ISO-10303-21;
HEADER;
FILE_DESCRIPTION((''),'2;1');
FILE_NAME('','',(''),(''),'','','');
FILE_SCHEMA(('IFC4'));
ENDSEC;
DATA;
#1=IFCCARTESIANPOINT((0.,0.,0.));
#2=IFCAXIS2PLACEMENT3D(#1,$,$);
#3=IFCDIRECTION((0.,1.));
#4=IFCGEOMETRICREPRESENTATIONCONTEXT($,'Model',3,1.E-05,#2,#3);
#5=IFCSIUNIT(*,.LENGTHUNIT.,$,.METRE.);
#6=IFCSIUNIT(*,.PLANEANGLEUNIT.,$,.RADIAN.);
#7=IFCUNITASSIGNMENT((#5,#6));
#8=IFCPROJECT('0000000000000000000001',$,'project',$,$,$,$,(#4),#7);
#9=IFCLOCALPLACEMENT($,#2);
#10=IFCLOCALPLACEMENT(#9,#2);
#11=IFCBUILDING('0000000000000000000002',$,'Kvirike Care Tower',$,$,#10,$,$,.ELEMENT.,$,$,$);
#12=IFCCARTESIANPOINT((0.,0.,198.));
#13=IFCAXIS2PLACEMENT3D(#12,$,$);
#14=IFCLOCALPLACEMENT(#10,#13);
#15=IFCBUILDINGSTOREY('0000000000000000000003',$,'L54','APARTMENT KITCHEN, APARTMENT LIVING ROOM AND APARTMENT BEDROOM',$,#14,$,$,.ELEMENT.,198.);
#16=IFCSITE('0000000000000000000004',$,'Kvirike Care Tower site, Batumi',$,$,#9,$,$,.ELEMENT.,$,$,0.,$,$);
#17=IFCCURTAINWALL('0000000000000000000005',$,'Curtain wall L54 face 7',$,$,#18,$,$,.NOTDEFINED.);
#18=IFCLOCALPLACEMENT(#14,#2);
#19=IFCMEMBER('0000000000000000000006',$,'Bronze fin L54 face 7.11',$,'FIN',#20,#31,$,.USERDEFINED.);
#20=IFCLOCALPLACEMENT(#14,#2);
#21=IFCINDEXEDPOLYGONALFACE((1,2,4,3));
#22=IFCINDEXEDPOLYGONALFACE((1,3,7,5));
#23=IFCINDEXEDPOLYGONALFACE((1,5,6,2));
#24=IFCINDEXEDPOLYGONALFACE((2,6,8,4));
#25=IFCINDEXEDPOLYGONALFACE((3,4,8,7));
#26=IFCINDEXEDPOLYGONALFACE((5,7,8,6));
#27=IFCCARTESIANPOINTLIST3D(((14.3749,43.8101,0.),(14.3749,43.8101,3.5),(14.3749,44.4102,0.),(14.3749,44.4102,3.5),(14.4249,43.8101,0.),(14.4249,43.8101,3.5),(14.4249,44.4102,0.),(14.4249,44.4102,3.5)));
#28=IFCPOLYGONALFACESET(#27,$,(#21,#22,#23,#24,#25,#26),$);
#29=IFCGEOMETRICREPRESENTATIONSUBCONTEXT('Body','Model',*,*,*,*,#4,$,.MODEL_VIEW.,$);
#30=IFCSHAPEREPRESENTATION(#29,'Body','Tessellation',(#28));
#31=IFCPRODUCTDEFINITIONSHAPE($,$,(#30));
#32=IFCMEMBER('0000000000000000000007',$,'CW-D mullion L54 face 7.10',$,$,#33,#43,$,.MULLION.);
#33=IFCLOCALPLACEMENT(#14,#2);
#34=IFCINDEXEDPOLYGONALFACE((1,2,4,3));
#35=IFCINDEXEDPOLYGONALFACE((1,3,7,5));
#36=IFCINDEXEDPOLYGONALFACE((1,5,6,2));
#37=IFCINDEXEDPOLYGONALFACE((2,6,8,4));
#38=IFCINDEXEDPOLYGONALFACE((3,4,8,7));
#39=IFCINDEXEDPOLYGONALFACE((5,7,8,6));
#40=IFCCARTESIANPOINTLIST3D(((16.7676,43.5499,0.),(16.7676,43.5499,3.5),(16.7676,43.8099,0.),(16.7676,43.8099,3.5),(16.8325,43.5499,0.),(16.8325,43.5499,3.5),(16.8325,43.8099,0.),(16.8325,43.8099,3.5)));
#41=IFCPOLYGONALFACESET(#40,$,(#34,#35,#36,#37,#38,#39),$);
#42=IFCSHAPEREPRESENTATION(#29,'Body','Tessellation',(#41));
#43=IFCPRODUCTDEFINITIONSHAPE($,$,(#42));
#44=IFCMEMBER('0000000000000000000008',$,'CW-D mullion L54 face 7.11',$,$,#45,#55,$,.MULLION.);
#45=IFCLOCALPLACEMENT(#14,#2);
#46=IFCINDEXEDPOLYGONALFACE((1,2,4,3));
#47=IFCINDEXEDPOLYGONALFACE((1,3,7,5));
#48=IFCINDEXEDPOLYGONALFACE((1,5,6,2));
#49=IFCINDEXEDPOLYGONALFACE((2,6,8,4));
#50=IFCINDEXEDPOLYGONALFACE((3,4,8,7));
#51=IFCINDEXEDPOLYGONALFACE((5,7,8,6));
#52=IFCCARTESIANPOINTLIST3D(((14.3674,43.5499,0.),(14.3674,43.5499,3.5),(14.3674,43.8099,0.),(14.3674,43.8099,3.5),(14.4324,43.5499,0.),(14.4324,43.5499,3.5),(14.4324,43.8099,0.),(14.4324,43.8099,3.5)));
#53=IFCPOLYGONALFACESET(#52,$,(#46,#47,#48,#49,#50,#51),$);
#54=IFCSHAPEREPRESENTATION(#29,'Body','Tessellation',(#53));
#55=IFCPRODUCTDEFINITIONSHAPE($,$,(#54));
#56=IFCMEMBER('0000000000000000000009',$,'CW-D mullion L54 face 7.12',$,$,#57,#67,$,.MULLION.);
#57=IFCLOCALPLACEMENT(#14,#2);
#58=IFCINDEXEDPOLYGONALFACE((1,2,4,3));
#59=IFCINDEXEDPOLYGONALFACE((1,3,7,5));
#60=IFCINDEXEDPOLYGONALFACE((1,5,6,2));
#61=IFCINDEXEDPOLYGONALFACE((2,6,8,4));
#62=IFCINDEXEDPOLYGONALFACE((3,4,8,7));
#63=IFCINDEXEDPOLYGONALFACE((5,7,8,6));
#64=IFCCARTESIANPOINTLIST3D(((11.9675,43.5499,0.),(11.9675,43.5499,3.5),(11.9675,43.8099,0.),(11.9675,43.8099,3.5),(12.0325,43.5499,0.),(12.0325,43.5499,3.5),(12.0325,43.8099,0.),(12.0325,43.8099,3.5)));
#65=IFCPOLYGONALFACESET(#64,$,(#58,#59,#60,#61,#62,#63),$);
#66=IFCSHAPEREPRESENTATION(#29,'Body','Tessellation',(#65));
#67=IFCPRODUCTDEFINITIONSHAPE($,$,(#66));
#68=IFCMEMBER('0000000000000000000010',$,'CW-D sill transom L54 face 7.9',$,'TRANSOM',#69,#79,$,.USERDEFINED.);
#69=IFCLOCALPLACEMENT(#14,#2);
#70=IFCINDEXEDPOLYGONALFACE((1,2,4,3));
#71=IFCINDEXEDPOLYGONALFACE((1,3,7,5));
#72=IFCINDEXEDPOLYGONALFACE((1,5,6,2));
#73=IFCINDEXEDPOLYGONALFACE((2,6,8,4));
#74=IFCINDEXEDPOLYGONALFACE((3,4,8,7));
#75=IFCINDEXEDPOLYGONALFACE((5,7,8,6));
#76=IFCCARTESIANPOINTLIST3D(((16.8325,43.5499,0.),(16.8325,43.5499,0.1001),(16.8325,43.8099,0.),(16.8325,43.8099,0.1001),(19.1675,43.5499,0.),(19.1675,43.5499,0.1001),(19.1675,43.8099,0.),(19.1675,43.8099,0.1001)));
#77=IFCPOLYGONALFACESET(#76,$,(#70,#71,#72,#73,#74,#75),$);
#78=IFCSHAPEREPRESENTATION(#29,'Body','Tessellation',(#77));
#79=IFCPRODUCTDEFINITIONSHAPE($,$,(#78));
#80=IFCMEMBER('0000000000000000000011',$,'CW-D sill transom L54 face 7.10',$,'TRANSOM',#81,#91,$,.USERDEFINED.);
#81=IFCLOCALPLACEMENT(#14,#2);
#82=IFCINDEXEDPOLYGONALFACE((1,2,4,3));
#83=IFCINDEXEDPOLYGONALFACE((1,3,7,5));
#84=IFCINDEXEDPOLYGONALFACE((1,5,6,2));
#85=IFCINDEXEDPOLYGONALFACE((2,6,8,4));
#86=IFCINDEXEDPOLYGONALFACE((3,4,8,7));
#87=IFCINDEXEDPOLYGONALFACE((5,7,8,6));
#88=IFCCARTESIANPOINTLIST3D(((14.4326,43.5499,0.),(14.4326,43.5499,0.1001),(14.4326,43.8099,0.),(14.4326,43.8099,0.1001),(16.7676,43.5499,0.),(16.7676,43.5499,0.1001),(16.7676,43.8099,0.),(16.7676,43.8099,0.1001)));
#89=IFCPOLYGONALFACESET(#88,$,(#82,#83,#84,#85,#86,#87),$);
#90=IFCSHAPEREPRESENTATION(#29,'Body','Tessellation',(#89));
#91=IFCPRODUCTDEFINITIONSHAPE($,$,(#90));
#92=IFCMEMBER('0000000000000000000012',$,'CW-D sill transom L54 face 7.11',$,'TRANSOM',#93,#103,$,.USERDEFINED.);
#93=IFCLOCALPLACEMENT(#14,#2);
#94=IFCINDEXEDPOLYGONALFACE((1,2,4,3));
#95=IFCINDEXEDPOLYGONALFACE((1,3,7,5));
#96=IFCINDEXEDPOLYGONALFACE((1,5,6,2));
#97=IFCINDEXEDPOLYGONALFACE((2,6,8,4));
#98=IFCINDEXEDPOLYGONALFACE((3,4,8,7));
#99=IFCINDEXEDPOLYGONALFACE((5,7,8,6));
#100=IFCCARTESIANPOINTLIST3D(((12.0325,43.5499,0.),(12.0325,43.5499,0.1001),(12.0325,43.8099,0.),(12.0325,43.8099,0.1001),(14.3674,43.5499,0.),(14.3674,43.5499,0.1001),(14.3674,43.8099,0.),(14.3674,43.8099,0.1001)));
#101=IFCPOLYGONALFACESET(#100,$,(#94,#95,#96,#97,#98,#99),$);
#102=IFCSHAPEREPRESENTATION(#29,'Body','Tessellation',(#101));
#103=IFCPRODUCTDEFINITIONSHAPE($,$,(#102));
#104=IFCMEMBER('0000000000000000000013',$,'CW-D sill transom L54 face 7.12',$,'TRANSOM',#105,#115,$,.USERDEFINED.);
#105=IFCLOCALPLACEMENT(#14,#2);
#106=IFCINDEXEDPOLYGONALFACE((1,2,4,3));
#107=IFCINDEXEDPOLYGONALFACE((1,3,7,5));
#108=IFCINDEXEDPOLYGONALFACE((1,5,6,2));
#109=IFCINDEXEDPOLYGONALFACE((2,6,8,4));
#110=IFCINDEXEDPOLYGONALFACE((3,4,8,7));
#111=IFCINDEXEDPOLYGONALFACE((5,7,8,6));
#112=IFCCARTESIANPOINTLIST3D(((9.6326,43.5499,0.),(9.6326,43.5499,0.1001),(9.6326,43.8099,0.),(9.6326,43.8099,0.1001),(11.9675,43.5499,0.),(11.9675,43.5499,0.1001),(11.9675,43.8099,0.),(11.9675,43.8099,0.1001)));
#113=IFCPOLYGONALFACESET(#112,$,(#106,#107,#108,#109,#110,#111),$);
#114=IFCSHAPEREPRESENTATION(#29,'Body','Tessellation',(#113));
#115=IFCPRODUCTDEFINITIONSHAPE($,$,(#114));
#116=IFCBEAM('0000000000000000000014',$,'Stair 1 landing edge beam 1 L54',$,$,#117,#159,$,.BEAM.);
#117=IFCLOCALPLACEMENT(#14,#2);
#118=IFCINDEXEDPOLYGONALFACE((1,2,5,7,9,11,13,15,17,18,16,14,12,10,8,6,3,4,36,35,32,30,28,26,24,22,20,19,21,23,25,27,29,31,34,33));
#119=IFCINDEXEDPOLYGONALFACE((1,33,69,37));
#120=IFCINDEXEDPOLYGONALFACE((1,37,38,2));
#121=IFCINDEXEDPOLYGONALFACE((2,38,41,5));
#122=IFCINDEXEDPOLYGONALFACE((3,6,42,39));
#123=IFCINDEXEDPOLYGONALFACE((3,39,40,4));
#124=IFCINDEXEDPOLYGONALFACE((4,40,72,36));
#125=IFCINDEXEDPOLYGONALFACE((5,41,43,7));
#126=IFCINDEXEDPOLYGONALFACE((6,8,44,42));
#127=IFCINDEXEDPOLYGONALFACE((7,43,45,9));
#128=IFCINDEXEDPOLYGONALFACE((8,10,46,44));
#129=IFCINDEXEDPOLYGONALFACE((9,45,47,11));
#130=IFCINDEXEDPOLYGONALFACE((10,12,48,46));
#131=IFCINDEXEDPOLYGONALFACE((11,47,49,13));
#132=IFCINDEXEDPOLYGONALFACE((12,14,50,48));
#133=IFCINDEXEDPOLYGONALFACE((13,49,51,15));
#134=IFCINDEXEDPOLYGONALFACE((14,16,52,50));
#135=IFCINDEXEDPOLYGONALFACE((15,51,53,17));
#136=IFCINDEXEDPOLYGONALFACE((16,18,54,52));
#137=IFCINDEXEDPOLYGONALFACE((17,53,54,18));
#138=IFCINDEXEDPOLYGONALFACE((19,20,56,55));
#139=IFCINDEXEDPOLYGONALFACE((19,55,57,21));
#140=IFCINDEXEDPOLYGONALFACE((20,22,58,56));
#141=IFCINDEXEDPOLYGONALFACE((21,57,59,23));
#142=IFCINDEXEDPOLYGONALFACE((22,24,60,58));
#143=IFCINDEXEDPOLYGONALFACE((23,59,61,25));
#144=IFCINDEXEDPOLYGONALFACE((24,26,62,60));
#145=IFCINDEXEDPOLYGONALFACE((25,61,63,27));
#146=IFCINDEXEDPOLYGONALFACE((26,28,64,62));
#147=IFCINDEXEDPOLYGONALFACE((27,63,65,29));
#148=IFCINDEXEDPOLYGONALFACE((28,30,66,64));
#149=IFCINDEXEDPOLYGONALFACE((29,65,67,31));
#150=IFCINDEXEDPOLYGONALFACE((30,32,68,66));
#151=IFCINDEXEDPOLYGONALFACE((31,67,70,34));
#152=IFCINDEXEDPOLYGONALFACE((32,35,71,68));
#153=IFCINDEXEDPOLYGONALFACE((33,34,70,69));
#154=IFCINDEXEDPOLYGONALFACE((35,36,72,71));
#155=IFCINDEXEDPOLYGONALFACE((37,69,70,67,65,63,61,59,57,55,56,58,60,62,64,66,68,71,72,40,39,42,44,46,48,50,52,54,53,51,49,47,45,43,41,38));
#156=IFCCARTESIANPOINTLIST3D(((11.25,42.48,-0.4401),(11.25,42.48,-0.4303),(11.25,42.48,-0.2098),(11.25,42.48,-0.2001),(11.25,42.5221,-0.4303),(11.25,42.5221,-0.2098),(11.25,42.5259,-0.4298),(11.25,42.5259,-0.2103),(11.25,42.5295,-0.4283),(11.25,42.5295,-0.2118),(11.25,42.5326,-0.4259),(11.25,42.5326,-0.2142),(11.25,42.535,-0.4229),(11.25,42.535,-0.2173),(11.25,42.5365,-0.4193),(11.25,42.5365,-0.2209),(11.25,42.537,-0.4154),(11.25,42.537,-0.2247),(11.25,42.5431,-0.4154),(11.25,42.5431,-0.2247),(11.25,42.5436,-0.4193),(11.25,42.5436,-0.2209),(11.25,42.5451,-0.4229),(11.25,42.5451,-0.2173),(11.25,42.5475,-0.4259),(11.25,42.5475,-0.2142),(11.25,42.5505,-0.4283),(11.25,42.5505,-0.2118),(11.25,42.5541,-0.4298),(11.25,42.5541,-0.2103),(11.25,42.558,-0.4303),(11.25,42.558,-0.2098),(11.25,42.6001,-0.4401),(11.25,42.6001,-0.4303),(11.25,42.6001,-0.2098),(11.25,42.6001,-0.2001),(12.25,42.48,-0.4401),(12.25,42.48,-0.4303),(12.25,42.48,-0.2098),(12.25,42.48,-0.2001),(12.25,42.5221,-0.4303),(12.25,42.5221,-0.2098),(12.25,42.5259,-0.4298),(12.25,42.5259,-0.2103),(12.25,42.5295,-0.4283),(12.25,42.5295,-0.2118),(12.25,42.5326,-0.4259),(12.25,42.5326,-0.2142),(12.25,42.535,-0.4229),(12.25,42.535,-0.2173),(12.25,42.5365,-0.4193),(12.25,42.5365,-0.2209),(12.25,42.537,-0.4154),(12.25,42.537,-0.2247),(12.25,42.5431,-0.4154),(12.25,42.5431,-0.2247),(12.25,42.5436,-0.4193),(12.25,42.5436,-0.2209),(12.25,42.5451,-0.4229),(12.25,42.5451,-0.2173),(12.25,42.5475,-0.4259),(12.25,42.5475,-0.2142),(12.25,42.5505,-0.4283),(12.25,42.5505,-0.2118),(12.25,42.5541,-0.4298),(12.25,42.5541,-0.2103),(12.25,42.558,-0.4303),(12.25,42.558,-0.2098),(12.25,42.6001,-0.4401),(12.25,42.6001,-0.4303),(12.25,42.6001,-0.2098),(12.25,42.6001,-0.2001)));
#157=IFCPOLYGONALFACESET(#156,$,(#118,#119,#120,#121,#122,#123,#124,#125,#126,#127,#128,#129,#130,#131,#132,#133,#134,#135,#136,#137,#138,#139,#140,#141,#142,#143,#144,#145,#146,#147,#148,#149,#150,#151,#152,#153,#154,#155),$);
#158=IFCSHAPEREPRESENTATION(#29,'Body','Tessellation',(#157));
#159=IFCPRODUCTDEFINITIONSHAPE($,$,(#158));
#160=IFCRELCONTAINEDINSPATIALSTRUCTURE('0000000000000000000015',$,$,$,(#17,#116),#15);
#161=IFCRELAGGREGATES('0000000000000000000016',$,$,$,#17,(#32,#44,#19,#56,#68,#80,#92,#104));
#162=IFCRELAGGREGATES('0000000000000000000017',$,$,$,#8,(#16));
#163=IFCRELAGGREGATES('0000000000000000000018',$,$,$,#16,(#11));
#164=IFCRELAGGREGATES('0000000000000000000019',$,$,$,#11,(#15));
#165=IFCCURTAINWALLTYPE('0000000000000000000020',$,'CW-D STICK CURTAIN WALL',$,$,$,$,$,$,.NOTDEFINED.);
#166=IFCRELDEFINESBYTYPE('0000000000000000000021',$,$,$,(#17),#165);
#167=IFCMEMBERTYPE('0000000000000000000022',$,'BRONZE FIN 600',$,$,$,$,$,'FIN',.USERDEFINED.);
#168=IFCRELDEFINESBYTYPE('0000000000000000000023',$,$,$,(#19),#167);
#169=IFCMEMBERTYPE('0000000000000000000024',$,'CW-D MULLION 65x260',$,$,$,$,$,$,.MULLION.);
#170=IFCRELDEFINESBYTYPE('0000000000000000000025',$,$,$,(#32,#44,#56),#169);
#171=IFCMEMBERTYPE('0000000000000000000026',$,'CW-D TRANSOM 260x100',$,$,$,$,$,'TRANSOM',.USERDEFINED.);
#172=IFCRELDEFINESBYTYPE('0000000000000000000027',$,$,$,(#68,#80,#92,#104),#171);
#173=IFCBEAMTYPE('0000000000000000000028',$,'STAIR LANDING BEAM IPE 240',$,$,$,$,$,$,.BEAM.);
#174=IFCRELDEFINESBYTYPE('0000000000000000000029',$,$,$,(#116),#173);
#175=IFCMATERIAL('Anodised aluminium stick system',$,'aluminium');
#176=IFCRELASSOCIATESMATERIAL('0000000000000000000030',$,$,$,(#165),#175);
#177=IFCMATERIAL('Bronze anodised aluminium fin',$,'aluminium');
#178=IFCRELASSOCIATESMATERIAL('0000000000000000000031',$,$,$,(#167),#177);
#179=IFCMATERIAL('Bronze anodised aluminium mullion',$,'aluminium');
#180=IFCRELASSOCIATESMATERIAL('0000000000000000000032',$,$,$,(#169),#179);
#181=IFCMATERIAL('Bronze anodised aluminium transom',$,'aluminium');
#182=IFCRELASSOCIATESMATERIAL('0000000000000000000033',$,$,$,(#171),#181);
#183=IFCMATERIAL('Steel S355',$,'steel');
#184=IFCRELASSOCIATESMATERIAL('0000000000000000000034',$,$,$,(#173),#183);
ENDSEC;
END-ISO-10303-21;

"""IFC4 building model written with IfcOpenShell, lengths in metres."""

from ifc_helpers import new_model, si_unit, direction, frame, origin, origin_2d, place, context, subcontext, project, spatial, rectangle, i_section, extrude, material, material_profile, profile_set, type_object, element, aggregate, save


model = new_model("IFC4")

# Units and contexts
model_context = context("Model", 3, precision=1e-05, world=origin(), true_north=direction((0.0, 1.0)))
body_context = subcontext(model_context, "Body", "Model", "MODEL_VIEW")
ifc_project = project(units=[si_unit("LENGTHUNIT", "METRE"), si_unit("PLANEANGLEUNIT", "RADIAN")], contexts=[model_context])

# Site, building, storey
site_placement = place(None, origin())
site = spatial("IfcSite", under=ifc_project, at=site_placement, Name="Kvirike Care Tower site, Batumi", CompositionType="ELEMENT", RefElevation=0.0)
building_placement = place(site_placement, origin())
building = spatial("IfcBuilding", under=site, at=building_placement, Name="Kvirike Care Tower", CompositionType="ELEMENT")
storey_placement = place(building_placement, frame((0.0, 0.0, 198.0)))
storey = spatial("IfcBuildingStorey", under=building, at=storey_placement, Name="L54", Description="APARTMENT KITCHEN, APARTMENT LIVING ROOM AND APARTMENT BEDROOM", CompositionType="ELEMENT", Elevation=198.0)

# Curtain wall, members
ifc_material_1 = material(Name="Anodised aluminium stick system", Category="aluminium")
curtain_wall_type = type_object("IfcCurtainWallType", Name="CW-D STICK CURTAIN WALL", PredefinedType="NOTDEFINED", material=ifc_material_1)
curtain_wall_placement = place(storey_placement, origin())
curtain_wall = element("IfcCurtainWall", 1, at=curtain_wall_placement, inside=storey, type_object=curtain_wall_type, Name="Curtain wall L54 face 7", PredefinedType="NOTDEFINED")
ifc_material_2 = material(Name="Bronze anodised aluminium fin", Category="aluminium")
ifc_material_profile_1 = material_profile(ifc_material_2, rectangle(XDim=0.05, YDim=0.6001, at=origin_2d()), Name="BRONZE FIN 600")
ifc_profile_set_1 = profile_set([ifc_material_profile_1], Name="Bronze anodised aluminium fin")
member_type_1 = type_object("IfcMemberType", Name="BRONZE FIN 600", ElementType="FIN", PredefinedType="USERDEFINED", material=ifc_profile_set_1)
member_1_placement = place(storey_placement, frame((14.3999, 44.1101, 0.0), z_axis=(0.0, 0.0, 1.0), x_axis=(-1.0, 0.0, 0.0)))
member_1 = element("IfcMember", 2, at=member_1_placement, type_object=member_type_1, Name="Bronze fin L54 face 7.11", ObjectType="FIN", PredefinedType="USERDEFINED", context=body_context, shape_type="SweptSolid", body=[
    extrude(rectangle(XDim=0.05, YDim=0.6001, at=origin_2d()), origin(), (0.0, 0.0, 1.0), 3.5),
])
ifc_material_3 = material(Name="Bronze anodised aluminium mullion", Category="aluminium")
ifc_material_profile_2 = material_profile(ifc_material_3, rectangle(XDim=0.0649, YDim=0.26, at=origin_2d()), Name="CW-D MULLION 65x260")
ifc_profile_set_2 = profile_set([ifc_material_profile_2], Name="Bronze anodised aluminium mullion")
member_type_2 = type_object("IfcMemberType", Name="CW-D MULLION 65x260", PredefinedType="MULLION", material=ifc_profile_set_2)
member_2_placement = place(storey_placement, frame((16.8, 43.6799, 0.0), z_axis=(0.0, 0.0, 1.0), x_axis=(-1.0, 0.0, 0.0)))
member_2 = element("IfcMember", 3, at=member_2_placement, type_object=member_type_2, Name="CW-D mullion L54 face 7.10", PredefinedType="MULLION", context=body_context, shape_type="SweptSolid", body=[
    extrude(rectangle(XDim=0.0649, YDim=0.26, at=origin_2d()), origin(), (0.0, 0.0, 1.0), 3.5),
])
member_3_placement = place(storey_placement, frame((14.3999, 43.6799, 0.0), z_axis=(0.0, 0.0, 1.0), x_axis=(-1.0, 0.0, 0.0)))
member_3 = element("IfcMember", 4, at=member_3_placement, type_object=member_type_2, Name="CW-D mullion L54 face 7.11", PredefinedType="MULLION", context=body_context, shape_type="SweptSolid", body=[
    extrude(rectangle(XDim=0.0649, YDim=0.26, at=origin_2d()), origin(), (0.0, 0.0, 1.0), 3.5),
])
member_4_placement = place(storey_placement, frame((12.0, 43.6799, 0.0), z_axis=(0.0, 0.0, 1.0), x_axis=(-1.0, 0.0, 0.0)))
member_4 = element("IfcMember", 5, at=member_4_placement, type_object=member_type_2, Name="CW-D mullion L54 face 7.12", PredefinedType="MULLION", context=body_context, shape_type="SweptSolid", body=[
    extrude(rectangle(XDim=0.0649, YDim=0.26, at=origin_2d()), origin(), (0.0, 0.0, 1.0), 3.5),
])
ifc_material_4 = material(Name="Bronze anodised aluminium transom", Category="aluminium")
ifc_material_profile_3 = material_profile(ifc_material_4, rectangle(XDim=0.26, YDim=0.1001, at=origin_2d()), Name="CW-D TRANSOM 260x100")
ifc_profile_set_3 = profile_set([ifc_material_profile_3], Name="Bronze anodised aluminium transom")
member_type_3 = type_object("IfcMemberType", Name="CW-D TRANSOM 260x100", ElementType="TRANSOM", PredefinedType="USERDEFINED", material=ifc_profile_set_3)
member_5_placement = place(storey_placement, frame((19.1675, 43.6799, 0.05), z_axis=(-1.0, 0.0, 0.0), x_axis=(0.0, -1.0, 0.0)))
member_5 = element("IfcMember", 6, at=member_5_placement, type_object=member_type_3, Name="CW-D sill transom L54 face 7.9", ObjectType="TRANSOM", PredefinedType="USERDEFINED", context=body_context, shape_type="SweptSolid", body=[
    extrude(rectangle(XDim=0.26, YDim=0.1001, at=origin_2d()), origin(), (0.0, 0.0, 1.0), 2.335),
])
member_6_placement = place(storey_placement, frame((16.7676, 43.6799, 0.05), z_axis=(-1.0, 0.0, 0.0), x_axis=(0.0, -1.0, 0.0)))
member_6 = element("IfcMember", 7, at=member_6_placement, type_object=member_type_3, Name="CW-D sill transom L54 face 7.10", ObjectType="TRANSOM", PredefinedType="USERDEFINED", context=body_context, shape_type="SweptSolid", body=[
    extrude(rectangle(XDim=0.26, YDim=0.1001, at=origin_2d()), origin(), (0.0, 0.0, 1.0), 2.335),
])
member_7_placement = place(storey_placement, frame((14.3674, 43.6799, 0.05), z_axis=(-1.0, 0.0, 0.0), x_axis=(0.0, -1.0, 0.0)))
member_7 = element("IfcMember", 8, at=member_7_placement, type_object=member_type_3, Name="CW-D sill transom L54 face 7.11", ObjectType="TRANSOM", PredefinedType="USERDEFINED", context=body_context, shape_type="SweptSolid", body=[
    extrude(rectangle(XDim=0.26, YDim=0.1001, at=origin_2d()), origin(), (0.0, 0.0, 1.0), 2.335),
])
member_8_placement = place(storey_placement, frame((11.9675, 43.6799, 0.05), z_axis=(-1.0, 0.0, 0.0), x_axis=(0.0, -1.0, 0.0)))
member_8 = element("IfcMember", 9, at=member_8_placement, type_object=member_type_3, Name="CW-D sill transom L54 face 7.12", ObjectType="TRANSOM", PredefinedType="USERDEFINED", context=body_context, shape_type="SweptSolid", body=[
    extrude(rectangle(XDim=0.26, YDim=0.1001, at=origin_2d()), origin(), (0.0, 0.0, 1.0), 2.335),
])

# Beam
ifc_material_5 = material(Name="Steel S355", Category="steel")
ifc_material_profile_4 = material_profile(ifc_material_5, i_section(OverallWidth=0.1201, OverallDepth=0.24, WebThickness=0.0061, FlangeThickness=0.0098, FilletRadius=0.0149, at=origin_2d()), Name="IPE 240")
ifc_profile_set_4 = profile_set([ifc_material_profile_4], Name="Steel S355")
beam_type_1 = type_object("IfcBeamType", Name="STAIR LANDING BEAM IPE 240", PredefinedType="BEAM", material=ifc_profile_set_4)
for number, where, z_axis, x_axis, name in (
    (10, (11.25, 42.54, -0.3201), (1.0, 0.0, 0.0), (0.0, 1.0, 0.0), "Stair 1 landing edge beam 1 L54"),
):
    element("IfcBeam", number, at=place(storey_placement, frame(where, z_axis=z_axis, x_axis=x_axis)), inside=storey, type_object=beam_type_1, Name=name, PredefinedType="BEAM", context=body_context, shape_type="SweptSolid", body=[
        extrude(i_section(OverallWidth=0.1201, OverallDepth=0.24, WebThickness=0.0061, FlangeThickness=0.0098, FilletRadius=0.0149, at=origin_2d()), origin(), (0.0, 0.0, 1.0), 1.0),
    ])

aggregate(curtain_wall, [member_2, member_3, member_1, member_4, member_5, member_6, member_7, member_8])

save(model, "model.ifc")
